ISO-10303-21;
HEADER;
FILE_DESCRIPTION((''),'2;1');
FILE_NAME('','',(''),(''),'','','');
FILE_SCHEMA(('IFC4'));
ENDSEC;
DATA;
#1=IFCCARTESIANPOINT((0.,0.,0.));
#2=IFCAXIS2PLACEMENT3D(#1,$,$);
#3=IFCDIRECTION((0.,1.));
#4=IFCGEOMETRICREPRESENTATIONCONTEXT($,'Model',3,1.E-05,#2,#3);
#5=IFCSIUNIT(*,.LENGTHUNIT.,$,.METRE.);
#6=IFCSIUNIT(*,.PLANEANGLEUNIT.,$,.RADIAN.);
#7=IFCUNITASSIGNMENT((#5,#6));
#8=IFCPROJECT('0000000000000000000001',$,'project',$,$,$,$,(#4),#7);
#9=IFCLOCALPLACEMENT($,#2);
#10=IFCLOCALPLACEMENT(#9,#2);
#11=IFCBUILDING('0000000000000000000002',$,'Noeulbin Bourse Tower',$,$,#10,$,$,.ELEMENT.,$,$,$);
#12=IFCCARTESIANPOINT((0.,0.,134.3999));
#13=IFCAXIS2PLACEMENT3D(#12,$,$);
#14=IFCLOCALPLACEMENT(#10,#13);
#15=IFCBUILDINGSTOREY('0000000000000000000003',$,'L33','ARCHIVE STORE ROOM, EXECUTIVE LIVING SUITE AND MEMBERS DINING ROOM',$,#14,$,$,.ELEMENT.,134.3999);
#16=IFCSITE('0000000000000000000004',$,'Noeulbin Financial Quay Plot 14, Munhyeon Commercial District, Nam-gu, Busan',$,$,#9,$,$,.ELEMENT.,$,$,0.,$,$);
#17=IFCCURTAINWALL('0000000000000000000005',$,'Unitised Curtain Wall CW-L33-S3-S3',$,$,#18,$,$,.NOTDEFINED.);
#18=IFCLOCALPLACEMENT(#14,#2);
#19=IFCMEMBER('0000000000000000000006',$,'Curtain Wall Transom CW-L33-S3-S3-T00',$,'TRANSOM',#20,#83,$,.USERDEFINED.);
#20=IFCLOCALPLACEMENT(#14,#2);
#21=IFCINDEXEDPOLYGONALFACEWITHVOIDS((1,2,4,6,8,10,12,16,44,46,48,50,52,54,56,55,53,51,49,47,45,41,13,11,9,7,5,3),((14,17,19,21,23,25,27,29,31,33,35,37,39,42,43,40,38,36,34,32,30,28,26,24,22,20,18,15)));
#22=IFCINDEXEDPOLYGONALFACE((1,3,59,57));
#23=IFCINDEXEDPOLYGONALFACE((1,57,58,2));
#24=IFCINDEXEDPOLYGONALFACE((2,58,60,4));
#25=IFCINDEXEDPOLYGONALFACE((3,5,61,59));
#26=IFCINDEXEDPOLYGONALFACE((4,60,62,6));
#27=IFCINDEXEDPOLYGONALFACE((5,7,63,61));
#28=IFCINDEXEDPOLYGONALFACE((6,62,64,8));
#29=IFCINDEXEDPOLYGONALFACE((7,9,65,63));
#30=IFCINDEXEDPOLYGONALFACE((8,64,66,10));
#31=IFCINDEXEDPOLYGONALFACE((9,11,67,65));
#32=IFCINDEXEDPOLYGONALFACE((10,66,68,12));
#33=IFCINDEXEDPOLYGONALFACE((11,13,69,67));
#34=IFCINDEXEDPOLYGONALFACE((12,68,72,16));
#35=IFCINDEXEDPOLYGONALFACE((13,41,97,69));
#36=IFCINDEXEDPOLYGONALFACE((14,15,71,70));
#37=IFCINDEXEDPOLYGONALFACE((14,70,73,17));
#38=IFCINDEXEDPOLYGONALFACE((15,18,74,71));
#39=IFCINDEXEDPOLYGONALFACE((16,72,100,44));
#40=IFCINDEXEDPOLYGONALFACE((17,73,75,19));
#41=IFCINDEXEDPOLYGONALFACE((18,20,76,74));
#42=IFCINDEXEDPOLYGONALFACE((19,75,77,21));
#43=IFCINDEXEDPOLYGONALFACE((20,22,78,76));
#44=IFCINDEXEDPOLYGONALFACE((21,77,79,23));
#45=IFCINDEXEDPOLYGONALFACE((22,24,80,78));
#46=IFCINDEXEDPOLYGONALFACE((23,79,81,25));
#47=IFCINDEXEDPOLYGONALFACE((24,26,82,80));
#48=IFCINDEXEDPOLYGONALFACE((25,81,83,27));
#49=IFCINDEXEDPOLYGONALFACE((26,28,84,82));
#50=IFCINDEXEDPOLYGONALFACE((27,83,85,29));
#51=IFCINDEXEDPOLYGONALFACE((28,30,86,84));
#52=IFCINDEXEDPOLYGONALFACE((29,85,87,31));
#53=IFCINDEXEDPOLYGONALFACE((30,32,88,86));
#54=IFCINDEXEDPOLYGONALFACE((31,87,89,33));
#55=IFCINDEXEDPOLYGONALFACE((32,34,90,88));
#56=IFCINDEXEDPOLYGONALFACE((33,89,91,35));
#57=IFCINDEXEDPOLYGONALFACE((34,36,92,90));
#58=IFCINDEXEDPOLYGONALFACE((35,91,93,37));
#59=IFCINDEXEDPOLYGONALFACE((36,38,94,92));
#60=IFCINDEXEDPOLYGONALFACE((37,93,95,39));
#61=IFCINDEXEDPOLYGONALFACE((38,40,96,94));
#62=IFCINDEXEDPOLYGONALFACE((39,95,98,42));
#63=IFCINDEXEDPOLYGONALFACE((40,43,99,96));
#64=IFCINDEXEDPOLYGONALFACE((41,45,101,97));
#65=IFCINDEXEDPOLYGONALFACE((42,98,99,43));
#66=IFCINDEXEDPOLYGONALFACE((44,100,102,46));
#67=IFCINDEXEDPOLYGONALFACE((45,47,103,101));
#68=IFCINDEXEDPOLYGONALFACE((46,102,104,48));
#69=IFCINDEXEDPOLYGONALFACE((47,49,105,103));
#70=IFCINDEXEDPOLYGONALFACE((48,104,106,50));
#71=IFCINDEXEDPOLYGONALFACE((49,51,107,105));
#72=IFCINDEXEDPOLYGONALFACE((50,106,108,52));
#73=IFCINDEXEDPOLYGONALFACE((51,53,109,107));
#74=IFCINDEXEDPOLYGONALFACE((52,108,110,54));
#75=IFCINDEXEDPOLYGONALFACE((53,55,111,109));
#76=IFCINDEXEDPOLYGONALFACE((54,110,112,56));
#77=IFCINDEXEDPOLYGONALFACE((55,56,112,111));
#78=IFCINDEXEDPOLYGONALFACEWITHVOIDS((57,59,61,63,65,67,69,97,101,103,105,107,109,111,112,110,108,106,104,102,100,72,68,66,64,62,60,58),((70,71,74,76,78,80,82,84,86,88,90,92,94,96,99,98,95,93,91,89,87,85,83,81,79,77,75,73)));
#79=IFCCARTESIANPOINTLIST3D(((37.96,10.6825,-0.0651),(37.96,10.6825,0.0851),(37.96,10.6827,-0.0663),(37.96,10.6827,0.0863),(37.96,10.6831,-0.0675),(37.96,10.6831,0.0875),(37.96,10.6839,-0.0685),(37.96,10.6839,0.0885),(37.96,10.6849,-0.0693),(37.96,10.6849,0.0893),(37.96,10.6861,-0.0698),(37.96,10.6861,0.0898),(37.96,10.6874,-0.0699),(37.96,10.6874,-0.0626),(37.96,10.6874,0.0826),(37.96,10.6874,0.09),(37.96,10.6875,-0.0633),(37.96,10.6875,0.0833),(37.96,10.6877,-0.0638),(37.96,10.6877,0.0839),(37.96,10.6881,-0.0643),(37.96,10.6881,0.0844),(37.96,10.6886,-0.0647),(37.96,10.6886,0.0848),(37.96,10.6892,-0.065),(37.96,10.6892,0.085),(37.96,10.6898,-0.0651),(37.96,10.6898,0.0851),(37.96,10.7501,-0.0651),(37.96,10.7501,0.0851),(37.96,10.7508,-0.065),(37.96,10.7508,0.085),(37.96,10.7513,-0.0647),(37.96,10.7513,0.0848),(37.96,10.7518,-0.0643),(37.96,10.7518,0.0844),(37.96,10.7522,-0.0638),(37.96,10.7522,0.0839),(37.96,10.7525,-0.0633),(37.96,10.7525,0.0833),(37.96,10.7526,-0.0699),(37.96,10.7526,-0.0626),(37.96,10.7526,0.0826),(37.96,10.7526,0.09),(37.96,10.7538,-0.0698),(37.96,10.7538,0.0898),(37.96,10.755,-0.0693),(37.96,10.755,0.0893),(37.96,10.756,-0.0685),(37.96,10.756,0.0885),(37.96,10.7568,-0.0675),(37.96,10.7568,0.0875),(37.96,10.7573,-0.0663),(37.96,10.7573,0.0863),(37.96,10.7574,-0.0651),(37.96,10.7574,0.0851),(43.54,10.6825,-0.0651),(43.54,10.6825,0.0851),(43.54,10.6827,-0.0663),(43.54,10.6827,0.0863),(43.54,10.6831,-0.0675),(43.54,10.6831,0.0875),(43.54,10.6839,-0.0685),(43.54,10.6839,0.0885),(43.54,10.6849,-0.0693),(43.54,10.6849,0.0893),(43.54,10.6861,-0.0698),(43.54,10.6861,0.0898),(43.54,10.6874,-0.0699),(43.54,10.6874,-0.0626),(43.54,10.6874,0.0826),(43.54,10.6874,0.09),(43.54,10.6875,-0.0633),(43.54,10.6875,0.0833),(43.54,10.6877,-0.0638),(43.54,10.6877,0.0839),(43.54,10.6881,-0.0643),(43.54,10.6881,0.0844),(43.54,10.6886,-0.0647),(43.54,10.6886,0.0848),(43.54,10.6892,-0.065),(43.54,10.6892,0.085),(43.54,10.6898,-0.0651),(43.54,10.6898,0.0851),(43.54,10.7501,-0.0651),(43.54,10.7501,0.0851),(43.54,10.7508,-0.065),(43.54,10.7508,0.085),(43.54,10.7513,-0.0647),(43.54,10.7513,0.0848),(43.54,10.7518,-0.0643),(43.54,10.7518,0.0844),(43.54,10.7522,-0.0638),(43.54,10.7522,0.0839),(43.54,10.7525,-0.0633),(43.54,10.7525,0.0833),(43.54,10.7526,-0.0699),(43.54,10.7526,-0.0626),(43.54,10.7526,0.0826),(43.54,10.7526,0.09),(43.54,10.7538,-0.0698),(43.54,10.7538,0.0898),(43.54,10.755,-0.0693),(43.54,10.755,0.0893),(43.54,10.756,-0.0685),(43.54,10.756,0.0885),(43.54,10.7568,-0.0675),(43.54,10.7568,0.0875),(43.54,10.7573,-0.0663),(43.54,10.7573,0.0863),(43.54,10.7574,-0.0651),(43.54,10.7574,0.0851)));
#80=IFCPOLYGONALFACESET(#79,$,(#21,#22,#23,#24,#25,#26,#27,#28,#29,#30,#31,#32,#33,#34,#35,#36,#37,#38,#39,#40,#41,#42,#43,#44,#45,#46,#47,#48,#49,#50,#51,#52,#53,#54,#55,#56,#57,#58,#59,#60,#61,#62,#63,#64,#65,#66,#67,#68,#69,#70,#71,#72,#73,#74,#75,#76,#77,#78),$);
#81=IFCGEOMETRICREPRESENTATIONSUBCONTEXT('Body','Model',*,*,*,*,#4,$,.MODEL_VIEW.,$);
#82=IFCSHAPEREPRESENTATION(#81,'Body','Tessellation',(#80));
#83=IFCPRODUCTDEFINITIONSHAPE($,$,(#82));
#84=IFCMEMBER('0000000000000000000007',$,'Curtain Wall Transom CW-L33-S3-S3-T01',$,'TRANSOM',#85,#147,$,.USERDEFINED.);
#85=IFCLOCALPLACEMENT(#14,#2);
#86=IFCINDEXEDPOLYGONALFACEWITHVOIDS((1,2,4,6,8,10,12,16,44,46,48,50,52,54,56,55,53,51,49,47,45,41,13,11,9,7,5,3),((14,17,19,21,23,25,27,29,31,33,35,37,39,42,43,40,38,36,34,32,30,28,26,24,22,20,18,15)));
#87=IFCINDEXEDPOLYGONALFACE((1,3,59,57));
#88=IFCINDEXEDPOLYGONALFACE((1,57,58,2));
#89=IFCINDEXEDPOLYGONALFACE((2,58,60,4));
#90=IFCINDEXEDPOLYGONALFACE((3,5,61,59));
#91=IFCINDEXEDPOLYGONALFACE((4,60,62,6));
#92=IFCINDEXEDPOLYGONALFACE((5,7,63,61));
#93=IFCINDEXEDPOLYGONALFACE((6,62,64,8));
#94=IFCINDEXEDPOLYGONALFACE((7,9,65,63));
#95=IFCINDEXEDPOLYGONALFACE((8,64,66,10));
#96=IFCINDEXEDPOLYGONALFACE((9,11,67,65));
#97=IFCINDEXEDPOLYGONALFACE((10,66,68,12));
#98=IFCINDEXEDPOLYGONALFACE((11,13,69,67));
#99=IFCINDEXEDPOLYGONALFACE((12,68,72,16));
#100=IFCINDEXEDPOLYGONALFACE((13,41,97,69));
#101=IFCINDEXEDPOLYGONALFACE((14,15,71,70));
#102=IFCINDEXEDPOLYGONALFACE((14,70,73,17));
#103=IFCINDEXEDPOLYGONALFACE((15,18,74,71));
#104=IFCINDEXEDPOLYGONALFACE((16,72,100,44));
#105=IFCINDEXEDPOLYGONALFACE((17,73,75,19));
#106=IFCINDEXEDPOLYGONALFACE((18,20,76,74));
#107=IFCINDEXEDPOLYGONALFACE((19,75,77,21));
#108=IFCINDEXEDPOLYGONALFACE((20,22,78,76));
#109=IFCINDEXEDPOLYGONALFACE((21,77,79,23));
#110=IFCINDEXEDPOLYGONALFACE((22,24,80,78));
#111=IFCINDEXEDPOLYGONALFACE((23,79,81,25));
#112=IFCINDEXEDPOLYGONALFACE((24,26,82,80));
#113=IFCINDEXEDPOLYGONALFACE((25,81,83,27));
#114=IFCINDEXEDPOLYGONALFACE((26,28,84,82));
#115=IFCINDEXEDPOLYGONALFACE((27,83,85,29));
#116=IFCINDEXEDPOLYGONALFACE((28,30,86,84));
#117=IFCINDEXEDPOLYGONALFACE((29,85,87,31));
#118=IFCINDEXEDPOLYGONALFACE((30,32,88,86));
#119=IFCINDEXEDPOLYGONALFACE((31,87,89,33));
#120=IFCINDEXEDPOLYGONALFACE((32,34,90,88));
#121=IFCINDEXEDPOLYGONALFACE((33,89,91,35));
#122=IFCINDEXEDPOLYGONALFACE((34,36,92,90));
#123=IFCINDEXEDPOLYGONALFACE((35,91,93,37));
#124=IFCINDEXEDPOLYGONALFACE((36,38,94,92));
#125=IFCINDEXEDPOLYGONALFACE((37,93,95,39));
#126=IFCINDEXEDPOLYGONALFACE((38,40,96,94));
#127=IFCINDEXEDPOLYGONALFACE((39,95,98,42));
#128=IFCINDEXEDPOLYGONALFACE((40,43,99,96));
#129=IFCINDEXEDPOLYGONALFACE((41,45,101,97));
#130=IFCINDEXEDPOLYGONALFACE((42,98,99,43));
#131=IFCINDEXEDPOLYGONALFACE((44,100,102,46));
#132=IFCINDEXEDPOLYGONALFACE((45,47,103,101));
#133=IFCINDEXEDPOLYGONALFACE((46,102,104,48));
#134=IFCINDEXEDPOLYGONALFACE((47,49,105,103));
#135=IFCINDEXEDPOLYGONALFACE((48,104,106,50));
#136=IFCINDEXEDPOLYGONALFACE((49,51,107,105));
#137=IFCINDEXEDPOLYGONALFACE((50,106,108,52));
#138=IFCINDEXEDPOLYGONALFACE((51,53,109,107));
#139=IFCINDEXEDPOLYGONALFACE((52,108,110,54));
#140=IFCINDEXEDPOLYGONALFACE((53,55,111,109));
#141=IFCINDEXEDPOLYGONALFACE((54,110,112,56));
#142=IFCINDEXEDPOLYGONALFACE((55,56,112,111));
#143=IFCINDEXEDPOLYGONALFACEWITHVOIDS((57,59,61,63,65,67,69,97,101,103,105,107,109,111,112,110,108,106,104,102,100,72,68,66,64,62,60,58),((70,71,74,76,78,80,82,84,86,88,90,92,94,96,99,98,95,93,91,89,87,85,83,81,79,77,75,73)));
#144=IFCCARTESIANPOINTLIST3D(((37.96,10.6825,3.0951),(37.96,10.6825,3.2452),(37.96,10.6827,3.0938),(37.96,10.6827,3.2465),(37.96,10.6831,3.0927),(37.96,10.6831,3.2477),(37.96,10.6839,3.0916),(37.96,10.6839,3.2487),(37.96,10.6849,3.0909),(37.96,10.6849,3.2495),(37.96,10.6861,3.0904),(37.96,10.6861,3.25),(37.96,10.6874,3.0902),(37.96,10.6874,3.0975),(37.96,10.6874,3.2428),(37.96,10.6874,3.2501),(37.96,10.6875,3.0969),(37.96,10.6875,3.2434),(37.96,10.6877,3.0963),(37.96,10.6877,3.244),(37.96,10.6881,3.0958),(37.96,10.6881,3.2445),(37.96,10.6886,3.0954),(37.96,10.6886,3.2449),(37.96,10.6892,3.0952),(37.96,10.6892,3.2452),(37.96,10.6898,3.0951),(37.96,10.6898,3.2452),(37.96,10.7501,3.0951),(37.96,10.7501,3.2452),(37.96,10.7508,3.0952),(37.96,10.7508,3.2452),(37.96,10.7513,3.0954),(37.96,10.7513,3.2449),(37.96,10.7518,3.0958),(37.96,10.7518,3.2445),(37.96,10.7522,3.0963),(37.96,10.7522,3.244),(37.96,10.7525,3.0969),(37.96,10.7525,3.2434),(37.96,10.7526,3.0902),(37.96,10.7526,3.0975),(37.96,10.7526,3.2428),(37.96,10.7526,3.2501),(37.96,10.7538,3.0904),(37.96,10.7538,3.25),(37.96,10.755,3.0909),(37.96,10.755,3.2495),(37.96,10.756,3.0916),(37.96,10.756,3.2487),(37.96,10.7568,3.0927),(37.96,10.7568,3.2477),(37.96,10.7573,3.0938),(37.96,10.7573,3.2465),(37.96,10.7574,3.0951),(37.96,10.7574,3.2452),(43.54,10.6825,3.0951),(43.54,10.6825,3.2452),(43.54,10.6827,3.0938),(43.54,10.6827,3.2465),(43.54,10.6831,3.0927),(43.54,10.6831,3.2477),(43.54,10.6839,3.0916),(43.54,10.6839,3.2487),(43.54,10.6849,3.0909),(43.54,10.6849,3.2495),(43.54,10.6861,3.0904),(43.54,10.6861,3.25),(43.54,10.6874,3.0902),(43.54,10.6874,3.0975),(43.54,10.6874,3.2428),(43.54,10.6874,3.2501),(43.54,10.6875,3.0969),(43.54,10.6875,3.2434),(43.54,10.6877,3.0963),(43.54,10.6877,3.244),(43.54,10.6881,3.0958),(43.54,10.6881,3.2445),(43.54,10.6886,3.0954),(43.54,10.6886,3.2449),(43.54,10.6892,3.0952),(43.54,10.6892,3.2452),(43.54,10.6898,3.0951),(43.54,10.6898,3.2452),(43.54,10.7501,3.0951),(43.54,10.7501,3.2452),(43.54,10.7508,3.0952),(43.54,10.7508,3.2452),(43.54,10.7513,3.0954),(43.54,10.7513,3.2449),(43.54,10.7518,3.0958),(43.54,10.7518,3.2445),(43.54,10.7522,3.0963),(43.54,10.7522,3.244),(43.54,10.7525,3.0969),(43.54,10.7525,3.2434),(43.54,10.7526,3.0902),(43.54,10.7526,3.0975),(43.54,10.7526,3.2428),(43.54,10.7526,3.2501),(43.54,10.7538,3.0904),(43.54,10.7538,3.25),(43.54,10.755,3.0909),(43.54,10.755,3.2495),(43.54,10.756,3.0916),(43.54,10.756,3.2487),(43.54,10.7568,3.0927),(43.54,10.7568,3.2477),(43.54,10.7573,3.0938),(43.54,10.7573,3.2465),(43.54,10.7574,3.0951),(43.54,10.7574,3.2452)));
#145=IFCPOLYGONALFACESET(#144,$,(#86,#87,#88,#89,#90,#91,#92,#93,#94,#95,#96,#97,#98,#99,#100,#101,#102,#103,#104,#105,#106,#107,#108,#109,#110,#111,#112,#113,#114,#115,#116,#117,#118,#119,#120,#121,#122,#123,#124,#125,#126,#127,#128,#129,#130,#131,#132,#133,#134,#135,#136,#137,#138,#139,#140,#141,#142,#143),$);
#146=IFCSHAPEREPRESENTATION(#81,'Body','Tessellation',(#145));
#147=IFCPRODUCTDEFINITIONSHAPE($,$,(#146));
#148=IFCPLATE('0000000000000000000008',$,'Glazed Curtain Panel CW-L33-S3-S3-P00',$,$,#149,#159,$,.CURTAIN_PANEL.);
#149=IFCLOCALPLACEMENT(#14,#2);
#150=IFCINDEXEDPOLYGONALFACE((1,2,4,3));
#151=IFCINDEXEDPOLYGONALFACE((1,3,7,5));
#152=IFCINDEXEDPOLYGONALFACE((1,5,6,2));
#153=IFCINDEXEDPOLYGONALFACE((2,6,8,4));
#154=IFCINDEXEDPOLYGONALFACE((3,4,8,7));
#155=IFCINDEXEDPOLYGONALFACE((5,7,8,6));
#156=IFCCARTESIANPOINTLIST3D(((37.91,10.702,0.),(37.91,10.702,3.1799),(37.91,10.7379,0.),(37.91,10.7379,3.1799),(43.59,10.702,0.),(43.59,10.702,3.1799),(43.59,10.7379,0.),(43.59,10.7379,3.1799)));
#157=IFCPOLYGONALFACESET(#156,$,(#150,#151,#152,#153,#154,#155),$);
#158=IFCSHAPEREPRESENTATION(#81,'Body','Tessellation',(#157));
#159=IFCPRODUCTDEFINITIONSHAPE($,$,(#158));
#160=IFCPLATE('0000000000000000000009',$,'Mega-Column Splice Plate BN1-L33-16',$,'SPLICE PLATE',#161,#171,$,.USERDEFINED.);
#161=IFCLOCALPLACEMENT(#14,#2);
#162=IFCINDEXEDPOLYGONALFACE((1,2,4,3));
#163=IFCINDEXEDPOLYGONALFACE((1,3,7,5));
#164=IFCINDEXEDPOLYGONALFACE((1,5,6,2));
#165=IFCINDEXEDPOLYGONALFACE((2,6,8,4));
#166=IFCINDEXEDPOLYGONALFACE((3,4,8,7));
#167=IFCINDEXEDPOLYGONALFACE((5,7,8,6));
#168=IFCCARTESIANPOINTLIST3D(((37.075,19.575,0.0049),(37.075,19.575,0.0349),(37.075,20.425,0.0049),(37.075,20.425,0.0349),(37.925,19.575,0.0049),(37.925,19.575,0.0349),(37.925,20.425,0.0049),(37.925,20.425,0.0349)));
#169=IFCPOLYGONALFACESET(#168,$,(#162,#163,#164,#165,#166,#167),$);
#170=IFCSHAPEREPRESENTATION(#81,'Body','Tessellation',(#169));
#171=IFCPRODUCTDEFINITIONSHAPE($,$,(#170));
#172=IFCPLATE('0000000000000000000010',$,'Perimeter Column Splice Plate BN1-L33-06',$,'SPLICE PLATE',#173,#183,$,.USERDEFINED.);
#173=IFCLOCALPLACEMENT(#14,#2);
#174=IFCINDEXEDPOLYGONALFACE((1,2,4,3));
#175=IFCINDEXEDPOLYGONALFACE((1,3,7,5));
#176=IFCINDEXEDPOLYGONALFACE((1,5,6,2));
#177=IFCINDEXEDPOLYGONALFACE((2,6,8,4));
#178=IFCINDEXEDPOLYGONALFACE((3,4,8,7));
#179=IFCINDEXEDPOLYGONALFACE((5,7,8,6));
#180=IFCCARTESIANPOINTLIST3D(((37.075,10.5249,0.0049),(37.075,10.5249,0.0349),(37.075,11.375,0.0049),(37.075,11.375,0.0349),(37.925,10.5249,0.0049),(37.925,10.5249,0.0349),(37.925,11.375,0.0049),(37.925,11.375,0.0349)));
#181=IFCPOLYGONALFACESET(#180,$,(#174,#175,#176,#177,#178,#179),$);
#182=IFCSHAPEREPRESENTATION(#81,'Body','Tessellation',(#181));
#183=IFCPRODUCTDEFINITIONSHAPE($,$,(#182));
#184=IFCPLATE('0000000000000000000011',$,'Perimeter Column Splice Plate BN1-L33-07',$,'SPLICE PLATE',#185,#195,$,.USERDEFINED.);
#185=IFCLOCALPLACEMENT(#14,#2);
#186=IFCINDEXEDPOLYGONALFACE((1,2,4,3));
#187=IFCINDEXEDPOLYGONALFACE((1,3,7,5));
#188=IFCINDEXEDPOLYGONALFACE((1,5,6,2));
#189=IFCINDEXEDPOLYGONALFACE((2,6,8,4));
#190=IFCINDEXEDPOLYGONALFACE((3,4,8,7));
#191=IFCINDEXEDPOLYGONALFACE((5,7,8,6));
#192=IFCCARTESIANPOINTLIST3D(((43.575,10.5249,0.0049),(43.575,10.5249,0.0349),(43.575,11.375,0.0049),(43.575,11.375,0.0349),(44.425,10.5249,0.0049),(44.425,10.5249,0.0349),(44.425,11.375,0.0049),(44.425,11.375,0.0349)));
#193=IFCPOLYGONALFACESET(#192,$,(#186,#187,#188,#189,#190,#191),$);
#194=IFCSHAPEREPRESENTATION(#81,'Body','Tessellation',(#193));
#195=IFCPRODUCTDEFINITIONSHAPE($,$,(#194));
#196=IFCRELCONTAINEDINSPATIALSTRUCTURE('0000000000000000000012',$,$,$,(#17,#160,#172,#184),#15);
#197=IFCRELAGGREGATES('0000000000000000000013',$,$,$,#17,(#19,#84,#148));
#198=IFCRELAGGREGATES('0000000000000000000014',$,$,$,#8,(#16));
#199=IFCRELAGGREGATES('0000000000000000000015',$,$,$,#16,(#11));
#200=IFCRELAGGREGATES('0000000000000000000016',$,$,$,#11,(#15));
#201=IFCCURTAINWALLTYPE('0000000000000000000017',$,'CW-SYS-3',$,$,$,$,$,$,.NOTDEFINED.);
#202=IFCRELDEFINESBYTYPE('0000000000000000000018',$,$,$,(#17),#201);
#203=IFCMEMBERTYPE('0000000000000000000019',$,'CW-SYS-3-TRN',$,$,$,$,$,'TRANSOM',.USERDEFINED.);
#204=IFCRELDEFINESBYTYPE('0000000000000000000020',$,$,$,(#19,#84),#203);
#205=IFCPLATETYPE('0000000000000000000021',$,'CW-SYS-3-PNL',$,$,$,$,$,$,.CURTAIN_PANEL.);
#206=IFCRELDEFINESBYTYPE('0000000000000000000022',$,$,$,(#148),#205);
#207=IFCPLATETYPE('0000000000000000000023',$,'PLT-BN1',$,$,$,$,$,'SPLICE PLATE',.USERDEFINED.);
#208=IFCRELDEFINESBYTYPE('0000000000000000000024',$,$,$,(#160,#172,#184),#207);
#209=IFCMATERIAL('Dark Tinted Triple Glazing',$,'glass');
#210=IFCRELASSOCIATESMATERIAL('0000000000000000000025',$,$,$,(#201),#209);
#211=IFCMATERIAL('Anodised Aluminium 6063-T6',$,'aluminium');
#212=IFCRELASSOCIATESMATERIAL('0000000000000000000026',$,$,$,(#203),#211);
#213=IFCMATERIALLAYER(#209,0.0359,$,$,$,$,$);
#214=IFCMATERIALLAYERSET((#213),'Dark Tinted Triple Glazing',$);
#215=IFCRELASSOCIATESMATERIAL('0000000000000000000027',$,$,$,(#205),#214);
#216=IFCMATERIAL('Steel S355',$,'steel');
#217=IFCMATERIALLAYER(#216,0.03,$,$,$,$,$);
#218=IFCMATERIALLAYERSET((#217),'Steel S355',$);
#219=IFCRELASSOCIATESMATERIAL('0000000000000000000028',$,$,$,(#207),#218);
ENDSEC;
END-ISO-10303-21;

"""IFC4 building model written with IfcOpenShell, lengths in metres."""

from ifc_helpers import new_model, si_unit, direction, frame, origin, origin_2d, place, context, subcontext, project, spatial, rectangle, hollow_rectangle, extrude, material, layer, layer_set, material_profile, profile_set, type_object, element, aggregate, save


model = new_model("IFC4")

# Units and contexts
model_context = context("Model", 3, precision=1e-05, world=origin(), true_north=direction((0.0, 1.0)))
body_context = subcontext(model_context, "Body", "Model", "MODEL_VIEW")
ifc_project = project(units=[si_unit("LENGTHUNIT", "METRE"), si_unit("PLANEANGLEUNIT", "RADIAN")], contexts=[model_context])

# Site, building, storey
site_placement = place(None, origin())
site = spatial("IfcSite", under=ifc_project, at=site_placement, Name="Noeulbin Financial Quay Plot 14, Munhyeon Commercial District, Nam-gu, Busan", CompositionType="ELEMENT", RefElevation=0.0)
building_placement = place(site_placement, origin())
building = spatial("IfcBuilding", under=site, at=building_placement, Name="Noeulbin Bourse Tower", CompositionType="ELEMENT")
storey_placement = place(building_placement, frame((0.0, 0.0, 134.3999)))
storey = spatial("IfcBuildingStorey", under=building, at=storey_placement, Name="L33", Description="ARCHIVE STORE ROOM, EXECUTIVE LIVING SUITE AND MEMBERS DINING ROOM", CompositionType="ELEMENT", Elevation=134.3999)

# Shared definitions
ifc_material_1 = material(Name="Steel S355", Category="steel")

# Curtain wall, members, plate
ifc_material_2 = material(Name="Dark Tinted Triple Glazing", Category="glass")
curtain_wall_type = type_object("IfcCurtainWallType", Name="CW-SYS-3", PredefinedType="NOTDEFINED", material=ifc_material_2)
curtain_wall_placement = place(storey_placement, origin())
curtain_wall = element("IfcCurtainWall", 1, at=curtain_wall_placement, inside=storey, type_object=curtain_wall_type, Name="Unitised Curtain Wall CW-L33-S3-S3", PredefinedType="NOTDEFINED")
ifc_material_3 = material(Name="Anodised Aluminium 6063-T6", Category="aluminium")
ifc_material_profile_1 = material_profile(ifc_material_3, hollow_rectangle(XDim=0.075, YDim=0.1599, WallThickness=0.0049, InnerFilletRadius=0.0024, OuterFilletRadius=0.0049, at=origin_2d()), Name="ALU-TRAN-75x160x5", Category="LoadBearing")
ifc_profile_set_1 = profile_set([ifc_material_profile_1], Name="Anodised Aluminium 6063-T6")
member_type_1 = type_object("IfcMemberType", Name="CW-SYS-3-TRN", ElementType="TRANSOM", PredefinedType="USERDEFINED", material=ifc_profile_set_1)
member_1_placement = place(storey_placement, frame((37.96, 10.72, 0.01), z_axis=(1.0, 0.0, 0.0), x_axis=(0.0, 1.0, 0.0)))
member_1 = element("IfcMember", 2, at=member_1_placement, type_object=member_type_1, Name="Curtain Wall Transom CW-L33-S3-S3-T00", ObjectType="TRANSOM", PredefinedType="USERDEFINED", context=body_context, shape_type="SweptSolid", body=[
    extrude(hollow_rectangle(XDim=0.075, YDim=0.1599, WallThickness=0.0049, InnerFilletRadius=0.0024, OuterFilletRadius=0.0049, at=origin_2d()), origin(), (0.0, 0.0, 1.0), 5.5801),
])
member_2_placement = place(storey_placement, frame((37.96, 10.72, 3.1702), z_axis=(1.0, 0.0, 0.0), x_axis=(0.0, 1.0, 0.0)))
member_2 = element("IfcMember", 3, at=member_2_placement, type_object=member_type_1, Name="Curtain Wall Transom CW-L33-S3-S3-T01", ObjectType="TRANSOM", PredefinedType="USERDEFINED", context=body_context, shape_type="SweptSolid", body=[
    extrude(hollow_rectangle(XDim=0.075, YDim=0.1599, WallThickness=0.0049, InnerFilletRadius=0.0024, OuterFilletRadius=0.0049, at=origin_2d()), origin(), (0.0, 0.0, 1.0), 5.5801),
])
ifc_layer_1 = layer(ifc_material_2, 0.0359)
ifc_layer_set_1 = layer_set([ifc_layer_1], Name="Dark Tinted Triple Glazing")
plate_type_1 = type_object("IfcPlateType", Name="CW-SYS-3-PNL", PredefinedType="CURTAIN_PANEL", material=ifc_layer_set_1)
plate_placement = place(storey_placement, frame((40.75, 10.72, 0.0), z_axis=(0.0, 0.0, 1.0), x_axis=(1.0, 0.0, 0.0)))
plate = element("IfcPlate", 4, at=plate_placement, type_object=plate_type_1, Name="Glazed Curtain Panel CW-L33-S3-S3-P00", PredefinedType="CURTAIN_PANEL", context=body_context, shape_type="SweptSolid", body=[
    extrude(rectangle(XDim=5.6799, YDim=0.0359, at=origin_2d()), origin(), (0.0, 0.0, 1.0), 3.1799),
])
aggregate(curtain_wall, [member_1, member_2, plate])

# Plates
ifc_layer_2 = layer(ifc_material_1, 0.03)
ifc_layer_set_2 = layer_set([ifc_layer_2], Name="Steel S355")
plate_type_2 = type_object("IfcPlateType", Name="PLT-BN1", ElementType="SPLICE PLATE", PredefinedType="USERDEFINED", material=ifc_layer_set_2)
for number, where, z_axis, x_axis, name in (
    (5, (37.5, 20.0, 0.0049), (0.0, 0.0, 1.0), (1.0, 0.0, 0.0), "Mega-Column Splice Plate BN1-L33-16"),
    (6, (37.5, 10.95, 0.0049), (0.0, 0.0, 1.0), (1.0, 0.0, 0.0), "Perimeter Column Splice Plate BN1-L33-06"),
    (7, (44.0, 10.95, 0.0049), (0.0, 0.0, 1.0), (1.0, 0.0, 0.0), "Perimeter Column Splice Plate BN1-L33-07"),
):
    element("IfcPlate", number, at=place(storey_placement, frame(where, z_axis=z_axis, x_axis=x_axis)), inside=storey, type_object=plate_type_2, Name=name, ObjectType="SPLICE PLATE", PredefinedType="USERDEFINED", context=body_context, shape_type="SweptSolid", body=[
        extrude(rectangle(XDim=0.8501, YDim=0.8501, at=origin_2d()), origin(), (0.0, 0.0, 1.0), 0.03),
    ])

save(model, "model.ifc")
